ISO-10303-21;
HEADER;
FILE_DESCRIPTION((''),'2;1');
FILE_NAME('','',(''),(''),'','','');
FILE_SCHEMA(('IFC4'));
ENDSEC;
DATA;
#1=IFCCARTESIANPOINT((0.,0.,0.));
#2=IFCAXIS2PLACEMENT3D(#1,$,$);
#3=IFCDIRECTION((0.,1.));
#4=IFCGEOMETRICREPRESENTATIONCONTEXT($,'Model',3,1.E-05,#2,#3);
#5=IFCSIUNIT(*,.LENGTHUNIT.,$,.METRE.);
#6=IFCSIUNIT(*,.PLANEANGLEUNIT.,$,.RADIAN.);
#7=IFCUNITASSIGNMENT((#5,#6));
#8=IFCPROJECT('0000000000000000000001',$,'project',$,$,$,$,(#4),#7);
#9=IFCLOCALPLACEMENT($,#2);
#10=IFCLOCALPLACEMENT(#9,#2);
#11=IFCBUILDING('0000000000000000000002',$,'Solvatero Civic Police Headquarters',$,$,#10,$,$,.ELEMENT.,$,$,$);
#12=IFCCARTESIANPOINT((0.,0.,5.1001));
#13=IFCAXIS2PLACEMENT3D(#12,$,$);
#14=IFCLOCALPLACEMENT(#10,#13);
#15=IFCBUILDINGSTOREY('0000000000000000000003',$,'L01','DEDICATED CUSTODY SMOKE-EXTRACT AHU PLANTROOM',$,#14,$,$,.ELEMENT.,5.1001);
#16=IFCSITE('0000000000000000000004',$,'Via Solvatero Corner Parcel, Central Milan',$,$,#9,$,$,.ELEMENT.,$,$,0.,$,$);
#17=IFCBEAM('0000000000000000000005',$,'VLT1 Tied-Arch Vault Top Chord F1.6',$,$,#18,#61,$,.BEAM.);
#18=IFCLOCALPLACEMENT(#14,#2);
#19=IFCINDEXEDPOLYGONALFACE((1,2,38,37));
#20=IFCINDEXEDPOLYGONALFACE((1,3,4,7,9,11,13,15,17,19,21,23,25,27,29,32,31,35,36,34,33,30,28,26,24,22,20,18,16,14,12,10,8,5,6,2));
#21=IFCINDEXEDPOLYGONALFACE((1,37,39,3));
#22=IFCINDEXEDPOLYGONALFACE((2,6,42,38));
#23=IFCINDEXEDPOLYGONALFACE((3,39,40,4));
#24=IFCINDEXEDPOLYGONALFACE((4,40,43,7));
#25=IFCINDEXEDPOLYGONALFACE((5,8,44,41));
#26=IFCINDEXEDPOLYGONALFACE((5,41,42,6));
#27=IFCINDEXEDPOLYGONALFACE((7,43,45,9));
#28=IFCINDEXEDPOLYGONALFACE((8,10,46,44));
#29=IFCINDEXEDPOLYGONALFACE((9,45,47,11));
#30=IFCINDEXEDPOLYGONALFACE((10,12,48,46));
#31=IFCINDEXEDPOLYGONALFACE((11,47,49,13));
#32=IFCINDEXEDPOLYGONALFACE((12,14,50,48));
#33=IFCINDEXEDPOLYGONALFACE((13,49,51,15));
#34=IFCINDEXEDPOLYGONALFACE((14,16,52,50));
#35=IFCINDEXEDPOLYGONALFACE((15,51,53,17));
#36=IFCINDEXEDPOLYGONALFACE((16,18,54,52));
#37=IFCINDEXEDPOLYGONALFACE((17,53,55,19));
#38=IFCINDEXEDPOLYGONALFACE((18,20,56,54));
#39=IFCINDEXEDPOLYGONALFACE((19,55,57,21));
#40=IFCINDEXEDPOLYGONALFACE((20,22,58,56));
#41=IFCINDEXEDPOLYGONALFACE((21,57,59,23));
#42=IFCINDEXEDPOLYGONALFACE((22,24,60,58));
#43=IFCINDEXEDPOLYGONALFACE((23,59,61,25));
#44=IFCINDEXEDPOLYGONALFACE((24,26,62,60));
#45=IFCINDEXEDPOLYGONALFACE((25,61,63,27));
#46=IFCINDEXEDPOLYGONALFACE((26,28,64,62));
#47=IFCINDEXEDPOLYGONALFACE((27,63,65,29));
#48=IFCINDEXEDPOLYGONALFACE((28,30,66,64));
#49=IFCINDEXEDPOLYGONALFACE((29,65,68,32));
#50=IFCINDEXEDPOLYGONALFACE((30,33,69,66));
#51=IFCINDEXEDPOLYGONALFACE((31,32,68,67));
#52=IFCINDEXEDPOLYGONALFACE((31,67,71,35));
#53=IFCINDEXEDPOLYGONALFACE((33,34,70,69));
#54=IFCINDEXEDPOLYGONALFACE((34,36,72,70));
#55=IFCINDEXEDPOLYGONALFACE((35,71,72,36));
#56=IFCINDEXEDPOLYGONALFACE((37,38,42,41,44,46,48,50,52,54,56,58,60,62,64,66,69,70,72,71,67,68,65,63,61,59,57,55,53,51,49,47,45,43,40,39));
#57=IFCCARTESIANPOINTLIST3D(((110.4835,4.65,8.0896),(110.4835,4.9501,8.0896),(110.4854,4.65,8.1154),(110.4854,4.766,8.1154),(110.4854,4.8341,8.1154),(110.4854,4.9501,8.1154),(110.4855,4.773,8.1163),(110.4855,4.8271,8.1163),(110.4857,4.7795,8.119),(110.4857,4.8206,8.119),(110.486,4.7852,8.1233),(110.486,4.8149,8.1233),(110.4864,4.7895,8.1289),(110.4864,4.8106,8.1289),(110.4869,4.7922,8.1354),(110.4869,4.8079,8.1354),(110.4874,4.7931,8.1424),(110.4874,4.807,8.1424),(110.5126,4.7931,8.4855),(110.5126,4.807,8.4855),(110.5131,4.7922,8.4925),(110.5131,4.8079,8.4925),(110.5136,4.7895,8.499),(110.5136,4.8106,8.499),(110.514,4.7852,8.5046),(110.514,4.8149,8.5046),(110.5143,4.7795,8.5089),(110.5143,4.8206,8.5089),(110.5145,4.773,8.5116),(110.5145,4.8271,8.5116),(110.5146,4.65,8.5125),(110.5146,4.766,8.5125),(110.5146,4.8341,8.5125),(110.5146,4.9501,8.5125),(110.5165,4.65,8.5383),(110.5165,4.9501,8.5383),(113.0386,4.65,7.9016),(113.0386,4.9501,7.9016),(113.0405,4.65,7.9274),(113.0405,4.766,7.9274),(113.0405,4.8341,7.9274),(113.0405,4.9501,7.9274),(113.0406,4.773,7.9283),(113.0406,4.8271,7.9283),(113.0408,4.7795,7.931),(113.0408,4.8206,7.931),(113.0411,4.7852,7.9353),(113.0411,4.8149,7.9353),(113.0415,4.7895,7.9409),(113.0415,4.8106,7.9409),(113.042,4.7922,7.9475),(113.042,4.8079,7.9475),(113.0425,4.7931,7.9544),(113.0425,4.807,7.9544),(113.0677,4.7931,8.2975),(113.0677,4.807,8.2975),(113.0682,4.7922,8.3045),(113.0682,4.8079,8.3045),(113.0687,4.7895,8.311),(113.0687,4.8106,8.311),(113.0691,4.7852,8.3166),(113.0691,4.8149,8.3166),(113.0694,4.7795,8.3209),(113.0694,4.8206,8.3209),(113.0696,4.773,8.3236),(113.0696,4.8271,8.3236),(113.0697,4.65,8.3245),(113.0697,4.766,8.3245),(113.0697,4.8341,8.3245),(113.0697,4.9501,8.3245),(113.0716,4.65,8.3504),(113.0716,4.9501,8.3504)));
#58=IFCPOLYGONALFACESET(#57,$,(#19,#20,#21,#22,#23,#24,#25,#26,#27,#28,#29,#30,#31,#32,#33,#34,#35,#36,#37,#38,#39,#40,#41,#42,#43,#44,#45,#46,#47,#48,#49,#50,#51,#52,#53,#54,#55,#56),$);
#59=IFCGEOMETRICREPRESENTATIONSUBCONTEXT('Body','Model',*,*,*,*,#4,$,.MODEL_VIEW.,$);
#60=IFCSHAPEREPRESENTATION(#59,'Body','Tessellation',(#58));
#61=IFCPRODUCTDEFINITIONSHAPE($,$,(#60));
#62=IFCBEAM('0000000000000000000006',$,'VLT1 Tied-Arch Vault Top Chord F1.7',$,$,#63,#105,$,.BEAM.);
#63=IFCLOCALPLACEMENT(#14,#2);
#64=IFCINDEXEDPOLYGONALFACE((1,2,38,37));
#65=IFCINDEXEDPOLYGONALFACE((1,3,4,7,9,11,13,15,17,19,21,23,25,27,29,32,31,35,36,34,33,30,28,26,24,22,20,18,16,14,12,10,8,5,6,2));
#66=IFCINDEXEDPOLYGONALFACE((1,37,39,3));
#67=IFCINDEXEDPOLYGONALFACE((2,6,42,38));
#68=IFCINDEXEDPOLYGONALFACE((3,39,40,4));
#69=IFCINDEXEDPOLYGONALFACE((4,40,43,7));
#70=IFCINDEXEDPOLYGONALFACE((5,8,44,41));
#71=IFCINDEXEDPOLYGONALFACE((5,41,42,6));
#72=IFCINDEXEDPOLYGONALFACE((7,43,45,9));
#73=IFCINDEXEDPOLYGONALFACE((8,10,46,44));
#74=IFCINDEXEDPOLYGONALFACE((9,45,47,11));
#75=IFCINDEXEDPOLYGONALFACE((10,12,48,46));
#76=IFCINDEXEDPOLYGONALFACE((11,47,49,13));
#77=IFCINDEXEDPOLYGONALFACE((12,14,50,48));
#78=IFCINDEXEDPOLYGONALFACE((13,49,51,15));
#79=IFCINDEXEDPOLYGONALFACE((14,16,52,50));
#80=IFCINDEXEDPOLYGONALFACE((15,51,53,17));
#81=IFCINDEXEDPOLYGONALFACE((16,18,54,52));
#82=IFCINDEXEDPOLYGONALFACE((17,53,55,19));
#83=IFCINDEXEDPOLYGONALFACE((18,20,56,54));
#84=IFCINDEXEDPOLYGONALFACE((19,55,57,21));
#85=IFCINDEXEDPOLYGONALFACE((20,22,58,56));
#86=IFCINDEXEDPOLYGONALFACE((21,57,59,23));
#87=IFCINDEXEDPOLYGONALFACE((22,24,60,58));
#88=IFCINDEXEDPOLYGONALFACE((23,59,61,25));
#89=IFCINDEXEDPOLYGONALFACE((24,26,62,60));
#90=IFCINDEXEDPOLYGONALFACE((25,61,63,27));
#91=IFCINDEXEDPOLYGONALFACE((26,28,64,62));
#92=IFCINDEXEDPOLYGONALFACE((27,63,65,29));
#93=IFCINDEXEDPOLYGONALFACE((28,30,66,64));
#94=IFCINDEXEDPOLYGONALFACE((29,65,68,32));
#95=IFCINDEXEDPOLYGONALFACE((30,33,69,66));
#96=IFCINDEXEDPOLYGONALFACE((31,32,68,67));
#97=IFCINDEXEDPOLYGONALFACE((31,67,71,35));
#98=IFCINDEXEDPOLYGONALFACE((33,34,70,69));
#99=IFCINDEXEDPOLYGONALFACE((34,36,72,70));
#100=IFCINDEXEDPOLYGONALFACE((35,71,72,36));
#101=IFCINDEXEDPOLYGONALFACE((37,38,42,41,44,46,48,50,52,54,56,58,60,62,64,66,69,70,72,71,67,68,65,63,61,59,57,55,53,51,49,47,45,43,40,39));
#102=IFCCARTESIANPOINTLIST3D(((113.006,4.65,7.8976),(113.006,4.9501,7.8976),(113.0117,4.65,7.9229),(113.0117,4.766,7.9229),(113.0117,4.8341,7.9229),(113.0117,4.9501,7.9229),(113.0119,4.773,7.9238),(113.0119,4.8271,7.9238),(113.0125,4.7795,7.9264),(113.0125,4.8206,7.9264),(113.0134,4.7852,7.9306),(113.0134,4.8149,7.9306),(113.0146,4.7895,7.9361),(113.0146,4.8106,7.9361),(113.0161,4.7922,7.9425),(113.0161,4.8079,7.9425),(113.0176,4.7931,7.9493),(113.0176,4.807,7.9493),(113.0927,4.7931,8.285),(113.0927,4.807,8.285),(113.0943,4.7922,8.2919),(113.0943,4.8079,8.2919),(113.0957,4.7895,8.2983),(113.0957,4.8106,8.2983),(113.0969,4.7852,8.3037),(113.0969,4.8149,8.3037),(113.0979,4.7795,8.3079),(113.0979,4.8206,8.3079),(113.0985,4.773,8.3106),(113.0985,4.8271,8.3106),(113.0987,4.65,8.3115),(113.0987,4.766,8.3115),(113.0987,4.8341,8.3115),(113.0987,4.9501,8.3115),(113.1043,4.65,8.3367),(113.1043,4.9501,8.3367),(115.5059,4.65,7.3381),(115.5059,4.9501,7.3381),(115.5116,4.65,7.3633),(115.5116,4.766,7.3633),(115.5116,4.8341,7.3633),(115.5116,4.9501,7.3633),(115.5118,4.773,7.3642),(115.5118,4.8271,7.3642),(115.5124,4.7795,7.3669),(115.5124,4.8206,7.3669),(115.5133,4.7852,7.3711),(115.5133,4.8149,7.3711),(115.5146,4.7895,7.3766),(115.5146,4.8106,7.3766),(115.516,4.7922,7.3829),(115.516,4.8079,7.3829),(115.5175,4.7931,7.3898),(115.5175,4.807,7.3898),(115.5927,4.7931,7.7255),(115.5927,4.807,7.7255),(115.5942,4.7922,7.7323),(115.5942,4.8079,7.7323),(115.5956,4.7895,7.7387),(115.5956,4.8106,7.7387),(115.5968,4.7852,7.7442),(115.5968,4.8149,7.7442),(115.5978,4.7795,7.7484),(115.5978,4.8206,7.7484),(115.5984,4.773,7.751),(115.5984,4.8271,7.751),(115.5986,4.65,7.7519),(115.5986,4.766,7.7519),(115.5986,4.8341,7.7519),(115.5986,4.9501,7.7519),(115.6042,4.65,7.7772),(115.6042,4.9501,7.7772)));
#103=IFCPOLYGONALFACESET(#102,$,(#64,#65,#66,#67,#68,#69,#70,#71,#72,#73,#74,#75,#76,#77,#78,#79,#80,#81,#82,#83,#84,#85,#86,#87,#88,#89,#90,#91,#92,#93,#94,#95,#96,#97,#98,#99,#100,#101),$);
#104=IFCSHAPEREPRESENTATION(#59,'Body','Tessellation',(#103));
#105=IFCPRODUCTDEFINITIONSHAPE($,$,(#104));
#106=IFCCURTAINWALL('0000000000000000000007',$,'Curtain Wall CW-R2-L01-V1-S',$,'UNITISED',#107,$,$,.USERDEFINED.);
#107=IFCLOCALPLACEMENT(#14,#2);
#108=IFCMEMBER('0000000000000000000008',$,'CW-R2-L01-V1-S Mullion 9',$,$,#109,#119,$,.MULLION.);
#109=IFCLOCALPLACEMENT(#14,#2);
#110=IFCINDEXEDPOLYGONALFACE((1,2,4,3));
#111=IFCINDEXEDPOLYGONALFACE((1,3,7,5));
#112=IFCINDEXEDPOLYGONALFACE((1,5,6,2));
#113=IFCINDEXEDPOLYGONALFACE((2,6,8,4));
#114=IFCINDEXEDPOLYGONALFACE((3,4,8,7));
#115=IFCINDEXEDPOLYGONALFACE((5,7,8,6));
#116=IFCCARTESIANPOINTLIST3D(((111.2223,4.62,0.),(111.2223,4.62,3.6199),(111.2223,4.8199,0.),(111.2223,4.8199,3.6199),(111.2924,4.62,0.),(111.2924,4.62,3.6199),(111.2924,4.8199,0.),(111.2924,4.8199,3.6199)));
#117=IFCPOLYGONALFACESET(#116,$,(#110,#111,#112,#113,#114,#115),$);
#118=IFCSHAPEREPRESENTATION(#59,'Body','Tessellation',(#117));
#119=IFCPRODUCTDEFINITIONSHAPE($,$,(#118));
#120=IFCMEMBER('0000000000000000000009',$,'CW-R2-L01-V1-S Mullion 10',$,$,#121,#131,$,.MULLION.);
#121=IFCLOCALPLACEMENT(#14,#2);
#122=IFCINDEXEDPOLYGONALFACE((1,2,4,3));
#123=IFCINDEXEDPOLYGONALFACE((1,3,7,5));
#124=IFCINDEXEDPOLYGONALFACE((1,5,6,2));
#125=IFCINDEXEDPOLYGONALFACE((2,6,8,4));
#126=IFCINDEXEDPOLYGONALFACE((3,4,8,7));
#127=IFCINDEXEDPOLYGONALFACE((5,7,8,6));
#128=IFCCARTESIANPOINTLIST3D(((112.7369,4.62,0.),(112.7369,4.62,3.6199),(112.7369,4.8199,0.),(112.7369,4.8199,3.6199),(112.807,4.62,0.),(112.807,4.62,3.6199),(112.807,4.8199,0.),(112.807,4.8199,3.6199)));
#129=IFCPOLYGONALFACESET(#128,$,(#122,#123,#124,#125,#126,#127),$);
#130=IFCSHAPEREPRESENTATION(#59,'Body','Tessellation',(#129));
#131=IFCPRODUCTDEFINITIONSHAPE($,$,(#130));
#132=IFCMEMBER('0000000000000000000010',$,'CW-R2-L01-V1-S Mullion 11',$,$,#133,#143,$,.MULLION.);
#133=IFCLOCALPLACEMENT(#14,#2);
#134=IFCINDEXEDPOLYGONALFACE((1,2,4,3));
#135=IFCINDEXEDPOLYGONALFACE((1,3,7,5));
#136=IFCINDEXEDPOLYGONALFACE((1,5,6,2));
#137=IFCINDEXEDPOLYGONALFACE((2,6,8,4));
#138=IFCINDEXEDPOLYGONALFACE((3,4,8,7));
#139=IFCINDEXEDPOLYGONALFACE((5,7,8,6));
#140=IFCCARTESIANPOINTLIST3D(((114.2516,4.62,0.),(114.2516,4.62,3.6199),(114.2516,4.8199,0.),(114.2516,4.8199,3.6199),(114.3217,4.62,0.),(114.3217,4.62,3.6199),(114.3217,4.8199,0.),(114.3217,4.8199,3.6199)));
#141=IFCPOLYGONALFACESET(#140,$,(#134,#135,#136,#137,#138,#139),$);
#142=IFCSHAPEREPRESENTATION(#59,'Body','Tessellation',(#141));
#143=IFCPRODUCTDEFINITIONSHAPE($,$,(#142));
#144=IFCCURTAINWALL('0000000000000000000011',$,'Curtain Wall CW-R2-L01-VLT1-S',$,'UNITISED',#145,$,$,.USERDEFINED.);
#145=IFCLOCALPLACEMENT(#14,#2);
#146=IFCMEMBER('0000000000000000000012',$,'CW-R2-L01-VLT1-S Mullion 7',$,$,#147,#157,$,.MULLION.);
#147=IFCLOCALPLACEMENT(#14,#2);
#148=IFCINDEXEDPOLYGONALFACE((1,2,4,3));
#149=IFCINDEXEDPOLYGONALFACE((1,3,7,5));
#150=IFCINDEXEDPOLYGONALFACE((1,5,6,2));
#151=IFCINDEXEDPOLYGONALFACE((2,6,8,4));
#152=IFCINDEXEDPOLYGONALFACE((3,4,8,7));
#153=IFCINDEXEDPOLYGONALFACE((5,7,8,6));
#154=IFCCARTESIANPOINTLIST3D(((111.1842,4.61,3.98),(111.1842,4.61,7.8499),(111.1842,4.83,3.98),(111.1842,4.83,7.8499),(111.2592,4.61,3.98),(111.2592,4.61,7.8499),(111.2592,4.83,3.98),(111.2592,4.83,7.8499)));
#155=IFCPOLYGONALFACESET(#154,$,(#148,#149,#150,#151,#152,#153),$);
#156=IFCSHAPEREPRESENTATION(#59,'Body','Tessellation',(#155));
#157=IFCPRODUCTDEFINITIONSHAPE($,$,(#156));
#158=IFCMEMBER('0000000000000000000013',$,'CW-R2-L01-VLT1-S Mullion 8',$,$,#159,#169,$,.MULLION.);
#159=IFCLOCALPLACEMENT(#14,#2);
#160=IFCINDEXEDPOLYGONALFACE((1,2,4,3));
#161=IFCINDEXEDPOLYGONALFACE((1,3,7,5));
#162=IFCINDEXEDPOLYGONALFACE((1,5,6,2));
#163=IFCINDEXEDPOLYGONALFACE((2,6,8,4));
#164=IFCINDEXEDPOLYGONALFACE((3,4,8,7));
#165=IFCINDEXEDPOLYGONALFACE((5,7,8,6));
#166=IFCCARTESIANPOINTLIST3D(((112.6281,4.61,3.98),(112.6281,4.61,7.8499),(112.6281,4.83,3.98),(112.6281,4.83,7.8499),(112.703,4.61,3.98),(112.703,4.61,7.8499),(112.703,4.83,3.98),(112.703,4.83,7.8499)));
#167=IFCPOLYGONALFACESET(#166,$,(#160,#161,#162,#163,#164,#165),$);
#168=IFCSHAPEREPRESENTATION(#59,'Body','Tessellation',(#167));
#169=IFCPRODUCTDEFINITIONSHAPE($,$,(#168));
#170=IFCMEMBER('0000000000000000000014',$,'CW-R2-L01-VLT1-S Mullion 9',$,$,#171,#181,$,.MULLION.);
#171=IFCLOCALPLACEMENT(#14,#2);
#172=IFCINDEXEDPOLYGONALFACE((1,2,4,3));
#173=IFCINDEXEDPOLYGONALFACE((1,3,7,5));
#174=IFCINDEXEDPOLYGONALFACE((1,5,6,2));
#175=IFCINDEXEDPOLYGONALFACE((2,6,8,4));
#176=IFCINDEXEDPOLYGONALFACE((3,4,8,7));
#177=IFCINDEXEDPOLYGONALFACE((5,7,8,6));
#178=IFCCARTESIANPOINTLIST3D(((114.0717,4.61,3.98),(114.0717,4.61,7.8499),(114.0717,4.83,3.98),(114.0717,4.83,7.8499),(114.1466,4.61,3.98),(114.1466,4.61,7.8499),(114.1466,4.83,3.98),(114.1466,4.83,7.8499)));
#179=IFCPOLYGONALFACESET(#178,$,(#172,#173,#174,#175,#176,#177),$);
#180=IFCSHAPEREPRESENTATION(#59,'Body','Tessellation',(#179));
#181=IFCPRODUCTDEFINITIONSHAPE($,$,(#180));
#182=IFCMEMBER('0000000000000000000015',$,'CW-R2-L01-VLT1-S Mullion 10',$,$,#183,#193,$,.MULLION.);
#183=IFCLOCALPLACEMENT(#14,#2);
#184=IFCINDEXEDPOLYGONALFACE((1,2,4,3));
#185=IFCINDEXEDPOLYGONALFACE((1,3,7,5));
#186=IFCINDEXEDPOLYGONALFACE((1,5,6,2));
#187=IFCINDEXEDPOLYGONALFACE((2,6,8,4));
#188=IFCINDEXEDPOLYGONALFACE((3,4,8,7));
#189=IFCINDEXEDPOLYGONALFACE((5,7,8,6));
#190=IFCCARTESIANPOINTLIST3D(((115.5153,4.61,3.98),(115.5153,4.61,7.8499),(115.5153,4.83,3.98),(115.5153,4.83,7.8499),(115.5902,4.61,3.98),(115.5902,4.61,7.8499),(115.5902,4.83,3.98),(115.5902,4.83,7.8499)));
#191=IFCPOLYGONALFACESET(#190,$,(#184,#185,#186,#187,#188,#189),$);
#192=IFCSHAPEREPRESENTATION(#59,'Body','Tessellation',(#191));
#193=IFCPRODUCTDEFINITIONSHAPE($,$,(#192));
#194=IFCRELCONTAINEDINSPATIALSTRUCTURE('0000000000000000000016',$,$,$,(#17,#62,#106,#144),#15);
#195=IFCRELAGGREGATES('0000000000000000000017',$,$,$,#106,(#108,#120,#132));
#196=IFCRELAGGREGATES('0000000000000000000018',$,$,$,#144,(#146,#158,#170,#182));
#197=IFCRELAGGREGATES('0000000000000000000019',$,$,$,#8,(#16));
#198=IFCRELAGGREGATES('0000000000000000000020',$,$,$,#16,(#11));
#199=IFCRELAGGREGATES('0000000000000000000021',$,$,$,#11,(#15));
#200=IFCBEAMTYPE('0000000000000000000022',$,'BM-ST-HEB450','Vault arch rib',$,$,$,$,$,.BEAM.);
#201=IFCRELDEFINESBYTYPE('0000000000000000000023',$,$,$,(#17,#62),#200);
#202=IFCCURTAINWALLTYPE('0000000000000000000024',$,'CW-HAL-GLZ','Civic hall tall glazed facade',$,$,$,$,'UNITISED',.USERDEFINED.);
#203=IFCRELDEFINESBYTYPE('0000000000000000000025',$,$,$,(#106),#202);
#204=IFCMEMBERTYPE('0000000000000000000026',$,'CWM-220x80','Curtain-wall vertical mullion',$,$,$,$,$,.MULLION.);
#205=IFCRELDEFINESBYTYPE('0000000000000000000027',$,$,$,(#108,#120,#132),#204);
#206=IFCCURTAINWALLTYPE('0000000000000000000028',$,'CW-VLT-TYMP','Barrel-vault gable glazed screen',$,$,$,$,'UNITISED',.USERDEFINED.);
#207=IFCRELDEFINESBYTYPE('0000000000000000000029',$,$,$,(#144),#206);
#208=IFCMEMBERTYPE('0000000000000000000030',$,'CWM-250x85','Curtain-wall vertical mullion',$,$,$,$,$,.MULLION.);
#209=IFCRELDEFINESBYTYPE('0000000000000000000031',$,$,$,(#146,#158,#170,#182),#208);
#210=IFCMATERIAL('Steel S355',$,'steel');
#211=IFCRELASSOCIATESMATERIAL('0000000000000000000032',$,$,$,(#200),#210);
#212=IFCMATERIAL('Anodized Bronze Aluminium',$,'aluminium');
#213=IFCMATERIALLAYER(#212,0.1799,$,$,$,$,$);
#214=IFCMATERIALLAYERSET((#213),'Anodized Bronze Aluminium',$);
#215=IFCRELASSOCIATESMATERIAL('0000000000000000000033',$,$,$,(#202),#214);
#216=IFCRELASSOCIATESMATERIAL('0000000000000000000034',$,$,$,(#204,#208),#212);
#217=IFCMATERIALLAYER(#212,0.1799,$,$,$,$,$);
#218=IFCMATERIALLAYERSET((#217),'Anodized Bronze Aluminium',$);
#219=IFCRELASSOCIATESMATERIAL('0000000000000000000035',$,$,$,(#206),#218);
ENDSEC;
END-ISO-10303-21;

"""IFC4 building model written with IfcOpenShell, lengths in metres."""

from ifc_helpers import new_model, si_unit, direction, frame, origin, origin_2d, place, context, subcontext, project, spatial, rectangle, i_section, extrude, material, layer, layer_set, material_profile, profile_set, type_object, element, aggregate, save


model = new_model("IFC4")

# Units and contexts
model_context = context("Model", 3, precision=1e-05, world=origin(), true_north=direction((0.0, 1.0)))
body_context = subcontext(model_context, "Body", "Model", "MODEL_VIEW")
ifc_project = project(units=[si_unit("LENGTHUNIT", "METRE"), si_unit("PLANEANGLEUNIT", "RADIAN")], contexts=[model_context])

# Site, building, storey
site_placement = place(None, origin())
site = spatial("IfcSite", under=ifc_project, at=site_placement, Name="Via Solvatero Corner Parcel, Central Milan", CompositionType="ELEMENT", RefElevation=0.0)
building_placement = place(site_placement, origin())
building = spatial("IfcBuilding", under=site, at=building_placement, Name="Solvatero Civic Police Headquarters", CompositionType="ELEMENT")
storey_placement = place(building_placement, frame((0.0, 0.0, 5.1001)))
storey = spatial("IfcBuildingStorey", under=building, at=storey_placement, Name="L01", Description="DEDICATED CUSTODY SMOKE-EXTRACT AHU PLANTROOM", CompositionType="ELEMENT", Elevation=5.1001)

# Beams
ifc_material_1 = material(Name="Steel S355", Category="steel")
ifc_material_profile_1 = material_profile(ifc_material_1, i_section(OverallWidth=0.3, OverallDepth=0.45, WebThickness=0.0139, FlangeThickness=0.0259, FilletRadius=0.0271, at=origin_2d()), Name="HEB 450")
ifc_profile_set_1 = profile_set([ifc_material_profile_1], Name="Steel S355")
beam_type = type_object("IfcBeamType", Name="BM-ST-HEB450", Description="Vault arch rib", PredefinedType="BEAM", material=ifc_profile_set_1)
beam_1_placement = place(storey_placement, frame((110.5, 4.8, 8.314), z_axis=(0.997305, 0.0, -0.073373), x_axis=(0.0, 1.0, 0.0)))
element("IfcBeam", 1, at=beam_1_placement, inside=storey, type_object=beam_type, Name="VLT1 Tied-Arch Vault Top Chord F1.6", PredefinedType="BEAM", context=body_context, shape_type="SweptSolid", body=[
    extrude(i_section(OverallWidth=0.3, OverallDepth=0.45, WebThickness=0.0139, FlangeThickness=0.0259, FilletRadius=0.0271, at=origin_2d()), origin(), (0.0, 0.0, 1.0), 2.562),
])
beam_2_placement = place(storey_placement, frame((113.0552, 4.8, 8.1172), z_axis=(0.975854, 0.0, -0.218424), x_axis=(0.0, 1.0, 0.0)))
element("IfcBeam", 2, at=beam_2_placement, inside=storey, type_object=beam_type, Name="VLT1 Tied-Arch Vault Top Chord F1.7", PredefinedType="BEAM", context=body_context, shape_type="SweptSolid", body=[
    extrude(i_section(OverallWidth=0.3, OverallDepth=0.45, WebThickness=0.0139, FlangeThickness=0.0259, FilletRadius=0.0271, at=origin_2d()), origin(), (0.0, 0.0, 1.0), 2.5618),
])

# Curtain walls, members
ifc_material_2 = material(Name="Anodized Bronze Aluminium", Category="aluminium")
ifc_layer_1 = layer(ifc_material_2, 0.1799)
ifc_layer_set_1 = layer_set([ifc_layer_1], Name="Anodized Bronze Aluminium")
curtain_wall_type_1 = type_object("IfcCurtainWallType", Name="CW-HAL-GLZ", Description="Civic hall tall glazed facade", ElementType="UNITISED", PredefinedType="USERDEFINED", material=ifc_layer_set_1)
curtain_wall_1_placement = place(storey_placement, origin())
curtain_wall_1 = element("IfcCurtainWall", 3, at=curtain_wall_1_placement, inside=storey, type_object=curtain_wall_type_1, Name="Curtain Wall CW-R2-L01-V1-S", ObjectType="UNITISED", PredefinedType="USERDEFINED")
ifc_material_profile_2 = material_profile(ifc_material_2, rectangle(XDim=0.0701, YDim=0.2, at=origin_2d()), Name="ALU MULLION 70x200")
ifc_profile_set_2 = profile_set([ifc_material_profile_2], Name="Anodized Bronze Aluminium")
member_type_1 = type_object("IfcMemberType", Name="CWM-220x80", Description="Curtain-wall vertical mullion", PredefinedType="MULLION", material=ifc_profile_set_2)
member_1_placement = place(storey_placement, frame((111.2573, 4.72, 0.0), z_axis=(0.0, 0.0, 1.0), x_axis=(1.0, 0.0, 0.0)))
member_1 = element("IfcMember", 4, at=member_1_placement, type_object=member_type_1, Name="CW-R2-L01-V1-S Mullion 9", PredefinedType="MULLION", context=body_context, shape_type="SweptSolid", body=[
    extrude(rectangle(XDim=0.0701, YDim=0.2, at=origin_2d()), origin(), (0.0, 0.0, 1.0), 3.6199),
])
member_2_placement = place(storey_placement, frame((112.772, 4.72, 0.0), z_axis=(0.0, 0.0, 1.0), x_axis=(1.0, 0.0, 0.0)))
member_2 = element("IfcMember", 5, at=member_2_placement, type_object=member_type_1, Name="CW-R2-L01-V1-S Mullion 10", PredefinedType="MULLION", context=body_context, shape_type="SweptSolid", body=[
    extrude(rectangle(XDim=0.0701, YDim=0.2, at=origin_2d()), origin(), (0.0, 0.0, 1.0), 3.6199),
])
member_3_placement = place(storey_placement, frame((114.2866, 4.72, 0.0), z_axis=(0.0, 0.0, 1.0), x_axis=(1.0, 0.0, 0.0)))
member_3 = element("IfcMember", 6, at=member_3_placement, type_object=member_type_1, Name="CW-R2-L01-V1-S Mullion 11", PredefinedType="MULLION", context=body_context, shape_type="SweptSolid", body=[
    extrude(rectangle(XDim=0.0701, YDim=0.2, at=origin_2d()), origin(), (0.0, 0.0, 1.0), 3.6199),
])
ifc_layer_2 = layer(ifc_material_2, 0.1799)
ifc_layer_set_2 = layer_set([ifc_layer_2], Name="Anodized Bronze Aluminium")
curtain_wall_type_2 = type_object("IfcCurtainWallType", Name="CW-VLT-TYMP", Description="Barrel-vault gable glazed screen", ElementType="UNITISED", PredefinedType="USERDEFINED", material=ifc_layer_set_2)
curtain_wall_2_placement = place(storey_placement, origin())
curtain_wall_2 = element("IfcCurtainWall", 7, at=curtain_wall_2_placement, inside=storey, type_object=curtain_wall_type_2, Name="Curtain Wall CW-R2-L01-VLT1-S", ObjectType="UNITISED", PredefinedType="USERDEFINED")
ifc_material_profile_3 = material_profile(ifc_material_2, rectangle(XDim=0.075, YDim=0.22, at=origin_2d()), Name="ALU MULLION 75x220")
ifc_profile_set_3 = profile_set([ifc_material_profile_3], Name="Anodized Bronze Aluminium")
member_type_2 = type_object("IfcMemberType", Name="CWM-250x85", Description="Curtain-wall vertical mullion", PredefinedType="MULLION", material=ifc_profile_set_3)
member_4_placement = place(storey_placement, frame((111.2217, 4.72, 3.98), z_axis=(0.0, 0.0, 1.0), x_axis=(1.0, 0.0, 0.0)))
member_4 = element("IfcMember", 8, at=member_4_placement, type_object=member_type_2, Name="CW-R2-L01-VLT1-S Mullion 7", PredefinedType="MULLION", context=body_context, shape_type="SweptSolid", body=[
    extrude(rectangle(XDim=0.075, YDim=0.22, at=origin_2d()), origin(), (0.0, 0.0, 1.0), 3.8699),
])
member_5_placement = place(storey_placement, frame((112.6655, 4.72, 3.98), z_axis=(0.0, 0.0, 1.0), x_axis=(1.0, 0.0, 0.0)))
member_5 = element("IfcMember", 9, at=member_5_placement, type_object=member_type_2, Name="CW-R2-L01-VLT1-S Mullion 8", PredefinedType="MULLION", context=body_context, shape_type="SweptSolid", body=[
    extrude(rectangle(XDim=0.075, YDim=0.22, at=origin_2d()), origin(), (0.0, 0.0, 1.0), 3.8699),
])
member_6_placement = place(storey_placement, frame((114.1091, 4.72, 3.98), z_axis=(0.0, 0.0, 1.0), x_axis=(1.0, 0.0, 0.0)))
member_6 = element("IfcMember", 10, at=member_6_placement, type_object=member_type_2, Name="CW-R2-L01-VLT1-S Mullion 9", PredefinedType="MULLION", context=body_context, shape_type="SweptSolid", body=[
    extrude(rectangle(XDim=0.075, YDim=0.22, at=origin_2d()), origin(), (0.0, 0.0, 1.0), 3.8699),
])
member_7_placement = place(storey_placement, frame((115.5527, 4.72, 3.98), z_axis=(0.0, 0.0, 1.0), x_axis=(1.0, 0.0, 0.0)))
member_7 = element("IfcMember", 11, at=member_7_placement, type_object=member_type_2, Name="CW-R2-L01-VLT1-S Mullion 10", PredefinedType="MULLION", context=body_context, shape_type="SweptSolid", body=[
    extrude(rectangle(XDim=0.075, YDim=0.22, at=origin_2d()), origin(), (0.0, 0.0, 1.0), 3.8699),
])

aggregate(curtain_wall_1, [member_1, member_2, member_3])
aggregate(curtain_wall_2, [member_4, member_5, member_6, member_7])

save(model, "model.ifc")
